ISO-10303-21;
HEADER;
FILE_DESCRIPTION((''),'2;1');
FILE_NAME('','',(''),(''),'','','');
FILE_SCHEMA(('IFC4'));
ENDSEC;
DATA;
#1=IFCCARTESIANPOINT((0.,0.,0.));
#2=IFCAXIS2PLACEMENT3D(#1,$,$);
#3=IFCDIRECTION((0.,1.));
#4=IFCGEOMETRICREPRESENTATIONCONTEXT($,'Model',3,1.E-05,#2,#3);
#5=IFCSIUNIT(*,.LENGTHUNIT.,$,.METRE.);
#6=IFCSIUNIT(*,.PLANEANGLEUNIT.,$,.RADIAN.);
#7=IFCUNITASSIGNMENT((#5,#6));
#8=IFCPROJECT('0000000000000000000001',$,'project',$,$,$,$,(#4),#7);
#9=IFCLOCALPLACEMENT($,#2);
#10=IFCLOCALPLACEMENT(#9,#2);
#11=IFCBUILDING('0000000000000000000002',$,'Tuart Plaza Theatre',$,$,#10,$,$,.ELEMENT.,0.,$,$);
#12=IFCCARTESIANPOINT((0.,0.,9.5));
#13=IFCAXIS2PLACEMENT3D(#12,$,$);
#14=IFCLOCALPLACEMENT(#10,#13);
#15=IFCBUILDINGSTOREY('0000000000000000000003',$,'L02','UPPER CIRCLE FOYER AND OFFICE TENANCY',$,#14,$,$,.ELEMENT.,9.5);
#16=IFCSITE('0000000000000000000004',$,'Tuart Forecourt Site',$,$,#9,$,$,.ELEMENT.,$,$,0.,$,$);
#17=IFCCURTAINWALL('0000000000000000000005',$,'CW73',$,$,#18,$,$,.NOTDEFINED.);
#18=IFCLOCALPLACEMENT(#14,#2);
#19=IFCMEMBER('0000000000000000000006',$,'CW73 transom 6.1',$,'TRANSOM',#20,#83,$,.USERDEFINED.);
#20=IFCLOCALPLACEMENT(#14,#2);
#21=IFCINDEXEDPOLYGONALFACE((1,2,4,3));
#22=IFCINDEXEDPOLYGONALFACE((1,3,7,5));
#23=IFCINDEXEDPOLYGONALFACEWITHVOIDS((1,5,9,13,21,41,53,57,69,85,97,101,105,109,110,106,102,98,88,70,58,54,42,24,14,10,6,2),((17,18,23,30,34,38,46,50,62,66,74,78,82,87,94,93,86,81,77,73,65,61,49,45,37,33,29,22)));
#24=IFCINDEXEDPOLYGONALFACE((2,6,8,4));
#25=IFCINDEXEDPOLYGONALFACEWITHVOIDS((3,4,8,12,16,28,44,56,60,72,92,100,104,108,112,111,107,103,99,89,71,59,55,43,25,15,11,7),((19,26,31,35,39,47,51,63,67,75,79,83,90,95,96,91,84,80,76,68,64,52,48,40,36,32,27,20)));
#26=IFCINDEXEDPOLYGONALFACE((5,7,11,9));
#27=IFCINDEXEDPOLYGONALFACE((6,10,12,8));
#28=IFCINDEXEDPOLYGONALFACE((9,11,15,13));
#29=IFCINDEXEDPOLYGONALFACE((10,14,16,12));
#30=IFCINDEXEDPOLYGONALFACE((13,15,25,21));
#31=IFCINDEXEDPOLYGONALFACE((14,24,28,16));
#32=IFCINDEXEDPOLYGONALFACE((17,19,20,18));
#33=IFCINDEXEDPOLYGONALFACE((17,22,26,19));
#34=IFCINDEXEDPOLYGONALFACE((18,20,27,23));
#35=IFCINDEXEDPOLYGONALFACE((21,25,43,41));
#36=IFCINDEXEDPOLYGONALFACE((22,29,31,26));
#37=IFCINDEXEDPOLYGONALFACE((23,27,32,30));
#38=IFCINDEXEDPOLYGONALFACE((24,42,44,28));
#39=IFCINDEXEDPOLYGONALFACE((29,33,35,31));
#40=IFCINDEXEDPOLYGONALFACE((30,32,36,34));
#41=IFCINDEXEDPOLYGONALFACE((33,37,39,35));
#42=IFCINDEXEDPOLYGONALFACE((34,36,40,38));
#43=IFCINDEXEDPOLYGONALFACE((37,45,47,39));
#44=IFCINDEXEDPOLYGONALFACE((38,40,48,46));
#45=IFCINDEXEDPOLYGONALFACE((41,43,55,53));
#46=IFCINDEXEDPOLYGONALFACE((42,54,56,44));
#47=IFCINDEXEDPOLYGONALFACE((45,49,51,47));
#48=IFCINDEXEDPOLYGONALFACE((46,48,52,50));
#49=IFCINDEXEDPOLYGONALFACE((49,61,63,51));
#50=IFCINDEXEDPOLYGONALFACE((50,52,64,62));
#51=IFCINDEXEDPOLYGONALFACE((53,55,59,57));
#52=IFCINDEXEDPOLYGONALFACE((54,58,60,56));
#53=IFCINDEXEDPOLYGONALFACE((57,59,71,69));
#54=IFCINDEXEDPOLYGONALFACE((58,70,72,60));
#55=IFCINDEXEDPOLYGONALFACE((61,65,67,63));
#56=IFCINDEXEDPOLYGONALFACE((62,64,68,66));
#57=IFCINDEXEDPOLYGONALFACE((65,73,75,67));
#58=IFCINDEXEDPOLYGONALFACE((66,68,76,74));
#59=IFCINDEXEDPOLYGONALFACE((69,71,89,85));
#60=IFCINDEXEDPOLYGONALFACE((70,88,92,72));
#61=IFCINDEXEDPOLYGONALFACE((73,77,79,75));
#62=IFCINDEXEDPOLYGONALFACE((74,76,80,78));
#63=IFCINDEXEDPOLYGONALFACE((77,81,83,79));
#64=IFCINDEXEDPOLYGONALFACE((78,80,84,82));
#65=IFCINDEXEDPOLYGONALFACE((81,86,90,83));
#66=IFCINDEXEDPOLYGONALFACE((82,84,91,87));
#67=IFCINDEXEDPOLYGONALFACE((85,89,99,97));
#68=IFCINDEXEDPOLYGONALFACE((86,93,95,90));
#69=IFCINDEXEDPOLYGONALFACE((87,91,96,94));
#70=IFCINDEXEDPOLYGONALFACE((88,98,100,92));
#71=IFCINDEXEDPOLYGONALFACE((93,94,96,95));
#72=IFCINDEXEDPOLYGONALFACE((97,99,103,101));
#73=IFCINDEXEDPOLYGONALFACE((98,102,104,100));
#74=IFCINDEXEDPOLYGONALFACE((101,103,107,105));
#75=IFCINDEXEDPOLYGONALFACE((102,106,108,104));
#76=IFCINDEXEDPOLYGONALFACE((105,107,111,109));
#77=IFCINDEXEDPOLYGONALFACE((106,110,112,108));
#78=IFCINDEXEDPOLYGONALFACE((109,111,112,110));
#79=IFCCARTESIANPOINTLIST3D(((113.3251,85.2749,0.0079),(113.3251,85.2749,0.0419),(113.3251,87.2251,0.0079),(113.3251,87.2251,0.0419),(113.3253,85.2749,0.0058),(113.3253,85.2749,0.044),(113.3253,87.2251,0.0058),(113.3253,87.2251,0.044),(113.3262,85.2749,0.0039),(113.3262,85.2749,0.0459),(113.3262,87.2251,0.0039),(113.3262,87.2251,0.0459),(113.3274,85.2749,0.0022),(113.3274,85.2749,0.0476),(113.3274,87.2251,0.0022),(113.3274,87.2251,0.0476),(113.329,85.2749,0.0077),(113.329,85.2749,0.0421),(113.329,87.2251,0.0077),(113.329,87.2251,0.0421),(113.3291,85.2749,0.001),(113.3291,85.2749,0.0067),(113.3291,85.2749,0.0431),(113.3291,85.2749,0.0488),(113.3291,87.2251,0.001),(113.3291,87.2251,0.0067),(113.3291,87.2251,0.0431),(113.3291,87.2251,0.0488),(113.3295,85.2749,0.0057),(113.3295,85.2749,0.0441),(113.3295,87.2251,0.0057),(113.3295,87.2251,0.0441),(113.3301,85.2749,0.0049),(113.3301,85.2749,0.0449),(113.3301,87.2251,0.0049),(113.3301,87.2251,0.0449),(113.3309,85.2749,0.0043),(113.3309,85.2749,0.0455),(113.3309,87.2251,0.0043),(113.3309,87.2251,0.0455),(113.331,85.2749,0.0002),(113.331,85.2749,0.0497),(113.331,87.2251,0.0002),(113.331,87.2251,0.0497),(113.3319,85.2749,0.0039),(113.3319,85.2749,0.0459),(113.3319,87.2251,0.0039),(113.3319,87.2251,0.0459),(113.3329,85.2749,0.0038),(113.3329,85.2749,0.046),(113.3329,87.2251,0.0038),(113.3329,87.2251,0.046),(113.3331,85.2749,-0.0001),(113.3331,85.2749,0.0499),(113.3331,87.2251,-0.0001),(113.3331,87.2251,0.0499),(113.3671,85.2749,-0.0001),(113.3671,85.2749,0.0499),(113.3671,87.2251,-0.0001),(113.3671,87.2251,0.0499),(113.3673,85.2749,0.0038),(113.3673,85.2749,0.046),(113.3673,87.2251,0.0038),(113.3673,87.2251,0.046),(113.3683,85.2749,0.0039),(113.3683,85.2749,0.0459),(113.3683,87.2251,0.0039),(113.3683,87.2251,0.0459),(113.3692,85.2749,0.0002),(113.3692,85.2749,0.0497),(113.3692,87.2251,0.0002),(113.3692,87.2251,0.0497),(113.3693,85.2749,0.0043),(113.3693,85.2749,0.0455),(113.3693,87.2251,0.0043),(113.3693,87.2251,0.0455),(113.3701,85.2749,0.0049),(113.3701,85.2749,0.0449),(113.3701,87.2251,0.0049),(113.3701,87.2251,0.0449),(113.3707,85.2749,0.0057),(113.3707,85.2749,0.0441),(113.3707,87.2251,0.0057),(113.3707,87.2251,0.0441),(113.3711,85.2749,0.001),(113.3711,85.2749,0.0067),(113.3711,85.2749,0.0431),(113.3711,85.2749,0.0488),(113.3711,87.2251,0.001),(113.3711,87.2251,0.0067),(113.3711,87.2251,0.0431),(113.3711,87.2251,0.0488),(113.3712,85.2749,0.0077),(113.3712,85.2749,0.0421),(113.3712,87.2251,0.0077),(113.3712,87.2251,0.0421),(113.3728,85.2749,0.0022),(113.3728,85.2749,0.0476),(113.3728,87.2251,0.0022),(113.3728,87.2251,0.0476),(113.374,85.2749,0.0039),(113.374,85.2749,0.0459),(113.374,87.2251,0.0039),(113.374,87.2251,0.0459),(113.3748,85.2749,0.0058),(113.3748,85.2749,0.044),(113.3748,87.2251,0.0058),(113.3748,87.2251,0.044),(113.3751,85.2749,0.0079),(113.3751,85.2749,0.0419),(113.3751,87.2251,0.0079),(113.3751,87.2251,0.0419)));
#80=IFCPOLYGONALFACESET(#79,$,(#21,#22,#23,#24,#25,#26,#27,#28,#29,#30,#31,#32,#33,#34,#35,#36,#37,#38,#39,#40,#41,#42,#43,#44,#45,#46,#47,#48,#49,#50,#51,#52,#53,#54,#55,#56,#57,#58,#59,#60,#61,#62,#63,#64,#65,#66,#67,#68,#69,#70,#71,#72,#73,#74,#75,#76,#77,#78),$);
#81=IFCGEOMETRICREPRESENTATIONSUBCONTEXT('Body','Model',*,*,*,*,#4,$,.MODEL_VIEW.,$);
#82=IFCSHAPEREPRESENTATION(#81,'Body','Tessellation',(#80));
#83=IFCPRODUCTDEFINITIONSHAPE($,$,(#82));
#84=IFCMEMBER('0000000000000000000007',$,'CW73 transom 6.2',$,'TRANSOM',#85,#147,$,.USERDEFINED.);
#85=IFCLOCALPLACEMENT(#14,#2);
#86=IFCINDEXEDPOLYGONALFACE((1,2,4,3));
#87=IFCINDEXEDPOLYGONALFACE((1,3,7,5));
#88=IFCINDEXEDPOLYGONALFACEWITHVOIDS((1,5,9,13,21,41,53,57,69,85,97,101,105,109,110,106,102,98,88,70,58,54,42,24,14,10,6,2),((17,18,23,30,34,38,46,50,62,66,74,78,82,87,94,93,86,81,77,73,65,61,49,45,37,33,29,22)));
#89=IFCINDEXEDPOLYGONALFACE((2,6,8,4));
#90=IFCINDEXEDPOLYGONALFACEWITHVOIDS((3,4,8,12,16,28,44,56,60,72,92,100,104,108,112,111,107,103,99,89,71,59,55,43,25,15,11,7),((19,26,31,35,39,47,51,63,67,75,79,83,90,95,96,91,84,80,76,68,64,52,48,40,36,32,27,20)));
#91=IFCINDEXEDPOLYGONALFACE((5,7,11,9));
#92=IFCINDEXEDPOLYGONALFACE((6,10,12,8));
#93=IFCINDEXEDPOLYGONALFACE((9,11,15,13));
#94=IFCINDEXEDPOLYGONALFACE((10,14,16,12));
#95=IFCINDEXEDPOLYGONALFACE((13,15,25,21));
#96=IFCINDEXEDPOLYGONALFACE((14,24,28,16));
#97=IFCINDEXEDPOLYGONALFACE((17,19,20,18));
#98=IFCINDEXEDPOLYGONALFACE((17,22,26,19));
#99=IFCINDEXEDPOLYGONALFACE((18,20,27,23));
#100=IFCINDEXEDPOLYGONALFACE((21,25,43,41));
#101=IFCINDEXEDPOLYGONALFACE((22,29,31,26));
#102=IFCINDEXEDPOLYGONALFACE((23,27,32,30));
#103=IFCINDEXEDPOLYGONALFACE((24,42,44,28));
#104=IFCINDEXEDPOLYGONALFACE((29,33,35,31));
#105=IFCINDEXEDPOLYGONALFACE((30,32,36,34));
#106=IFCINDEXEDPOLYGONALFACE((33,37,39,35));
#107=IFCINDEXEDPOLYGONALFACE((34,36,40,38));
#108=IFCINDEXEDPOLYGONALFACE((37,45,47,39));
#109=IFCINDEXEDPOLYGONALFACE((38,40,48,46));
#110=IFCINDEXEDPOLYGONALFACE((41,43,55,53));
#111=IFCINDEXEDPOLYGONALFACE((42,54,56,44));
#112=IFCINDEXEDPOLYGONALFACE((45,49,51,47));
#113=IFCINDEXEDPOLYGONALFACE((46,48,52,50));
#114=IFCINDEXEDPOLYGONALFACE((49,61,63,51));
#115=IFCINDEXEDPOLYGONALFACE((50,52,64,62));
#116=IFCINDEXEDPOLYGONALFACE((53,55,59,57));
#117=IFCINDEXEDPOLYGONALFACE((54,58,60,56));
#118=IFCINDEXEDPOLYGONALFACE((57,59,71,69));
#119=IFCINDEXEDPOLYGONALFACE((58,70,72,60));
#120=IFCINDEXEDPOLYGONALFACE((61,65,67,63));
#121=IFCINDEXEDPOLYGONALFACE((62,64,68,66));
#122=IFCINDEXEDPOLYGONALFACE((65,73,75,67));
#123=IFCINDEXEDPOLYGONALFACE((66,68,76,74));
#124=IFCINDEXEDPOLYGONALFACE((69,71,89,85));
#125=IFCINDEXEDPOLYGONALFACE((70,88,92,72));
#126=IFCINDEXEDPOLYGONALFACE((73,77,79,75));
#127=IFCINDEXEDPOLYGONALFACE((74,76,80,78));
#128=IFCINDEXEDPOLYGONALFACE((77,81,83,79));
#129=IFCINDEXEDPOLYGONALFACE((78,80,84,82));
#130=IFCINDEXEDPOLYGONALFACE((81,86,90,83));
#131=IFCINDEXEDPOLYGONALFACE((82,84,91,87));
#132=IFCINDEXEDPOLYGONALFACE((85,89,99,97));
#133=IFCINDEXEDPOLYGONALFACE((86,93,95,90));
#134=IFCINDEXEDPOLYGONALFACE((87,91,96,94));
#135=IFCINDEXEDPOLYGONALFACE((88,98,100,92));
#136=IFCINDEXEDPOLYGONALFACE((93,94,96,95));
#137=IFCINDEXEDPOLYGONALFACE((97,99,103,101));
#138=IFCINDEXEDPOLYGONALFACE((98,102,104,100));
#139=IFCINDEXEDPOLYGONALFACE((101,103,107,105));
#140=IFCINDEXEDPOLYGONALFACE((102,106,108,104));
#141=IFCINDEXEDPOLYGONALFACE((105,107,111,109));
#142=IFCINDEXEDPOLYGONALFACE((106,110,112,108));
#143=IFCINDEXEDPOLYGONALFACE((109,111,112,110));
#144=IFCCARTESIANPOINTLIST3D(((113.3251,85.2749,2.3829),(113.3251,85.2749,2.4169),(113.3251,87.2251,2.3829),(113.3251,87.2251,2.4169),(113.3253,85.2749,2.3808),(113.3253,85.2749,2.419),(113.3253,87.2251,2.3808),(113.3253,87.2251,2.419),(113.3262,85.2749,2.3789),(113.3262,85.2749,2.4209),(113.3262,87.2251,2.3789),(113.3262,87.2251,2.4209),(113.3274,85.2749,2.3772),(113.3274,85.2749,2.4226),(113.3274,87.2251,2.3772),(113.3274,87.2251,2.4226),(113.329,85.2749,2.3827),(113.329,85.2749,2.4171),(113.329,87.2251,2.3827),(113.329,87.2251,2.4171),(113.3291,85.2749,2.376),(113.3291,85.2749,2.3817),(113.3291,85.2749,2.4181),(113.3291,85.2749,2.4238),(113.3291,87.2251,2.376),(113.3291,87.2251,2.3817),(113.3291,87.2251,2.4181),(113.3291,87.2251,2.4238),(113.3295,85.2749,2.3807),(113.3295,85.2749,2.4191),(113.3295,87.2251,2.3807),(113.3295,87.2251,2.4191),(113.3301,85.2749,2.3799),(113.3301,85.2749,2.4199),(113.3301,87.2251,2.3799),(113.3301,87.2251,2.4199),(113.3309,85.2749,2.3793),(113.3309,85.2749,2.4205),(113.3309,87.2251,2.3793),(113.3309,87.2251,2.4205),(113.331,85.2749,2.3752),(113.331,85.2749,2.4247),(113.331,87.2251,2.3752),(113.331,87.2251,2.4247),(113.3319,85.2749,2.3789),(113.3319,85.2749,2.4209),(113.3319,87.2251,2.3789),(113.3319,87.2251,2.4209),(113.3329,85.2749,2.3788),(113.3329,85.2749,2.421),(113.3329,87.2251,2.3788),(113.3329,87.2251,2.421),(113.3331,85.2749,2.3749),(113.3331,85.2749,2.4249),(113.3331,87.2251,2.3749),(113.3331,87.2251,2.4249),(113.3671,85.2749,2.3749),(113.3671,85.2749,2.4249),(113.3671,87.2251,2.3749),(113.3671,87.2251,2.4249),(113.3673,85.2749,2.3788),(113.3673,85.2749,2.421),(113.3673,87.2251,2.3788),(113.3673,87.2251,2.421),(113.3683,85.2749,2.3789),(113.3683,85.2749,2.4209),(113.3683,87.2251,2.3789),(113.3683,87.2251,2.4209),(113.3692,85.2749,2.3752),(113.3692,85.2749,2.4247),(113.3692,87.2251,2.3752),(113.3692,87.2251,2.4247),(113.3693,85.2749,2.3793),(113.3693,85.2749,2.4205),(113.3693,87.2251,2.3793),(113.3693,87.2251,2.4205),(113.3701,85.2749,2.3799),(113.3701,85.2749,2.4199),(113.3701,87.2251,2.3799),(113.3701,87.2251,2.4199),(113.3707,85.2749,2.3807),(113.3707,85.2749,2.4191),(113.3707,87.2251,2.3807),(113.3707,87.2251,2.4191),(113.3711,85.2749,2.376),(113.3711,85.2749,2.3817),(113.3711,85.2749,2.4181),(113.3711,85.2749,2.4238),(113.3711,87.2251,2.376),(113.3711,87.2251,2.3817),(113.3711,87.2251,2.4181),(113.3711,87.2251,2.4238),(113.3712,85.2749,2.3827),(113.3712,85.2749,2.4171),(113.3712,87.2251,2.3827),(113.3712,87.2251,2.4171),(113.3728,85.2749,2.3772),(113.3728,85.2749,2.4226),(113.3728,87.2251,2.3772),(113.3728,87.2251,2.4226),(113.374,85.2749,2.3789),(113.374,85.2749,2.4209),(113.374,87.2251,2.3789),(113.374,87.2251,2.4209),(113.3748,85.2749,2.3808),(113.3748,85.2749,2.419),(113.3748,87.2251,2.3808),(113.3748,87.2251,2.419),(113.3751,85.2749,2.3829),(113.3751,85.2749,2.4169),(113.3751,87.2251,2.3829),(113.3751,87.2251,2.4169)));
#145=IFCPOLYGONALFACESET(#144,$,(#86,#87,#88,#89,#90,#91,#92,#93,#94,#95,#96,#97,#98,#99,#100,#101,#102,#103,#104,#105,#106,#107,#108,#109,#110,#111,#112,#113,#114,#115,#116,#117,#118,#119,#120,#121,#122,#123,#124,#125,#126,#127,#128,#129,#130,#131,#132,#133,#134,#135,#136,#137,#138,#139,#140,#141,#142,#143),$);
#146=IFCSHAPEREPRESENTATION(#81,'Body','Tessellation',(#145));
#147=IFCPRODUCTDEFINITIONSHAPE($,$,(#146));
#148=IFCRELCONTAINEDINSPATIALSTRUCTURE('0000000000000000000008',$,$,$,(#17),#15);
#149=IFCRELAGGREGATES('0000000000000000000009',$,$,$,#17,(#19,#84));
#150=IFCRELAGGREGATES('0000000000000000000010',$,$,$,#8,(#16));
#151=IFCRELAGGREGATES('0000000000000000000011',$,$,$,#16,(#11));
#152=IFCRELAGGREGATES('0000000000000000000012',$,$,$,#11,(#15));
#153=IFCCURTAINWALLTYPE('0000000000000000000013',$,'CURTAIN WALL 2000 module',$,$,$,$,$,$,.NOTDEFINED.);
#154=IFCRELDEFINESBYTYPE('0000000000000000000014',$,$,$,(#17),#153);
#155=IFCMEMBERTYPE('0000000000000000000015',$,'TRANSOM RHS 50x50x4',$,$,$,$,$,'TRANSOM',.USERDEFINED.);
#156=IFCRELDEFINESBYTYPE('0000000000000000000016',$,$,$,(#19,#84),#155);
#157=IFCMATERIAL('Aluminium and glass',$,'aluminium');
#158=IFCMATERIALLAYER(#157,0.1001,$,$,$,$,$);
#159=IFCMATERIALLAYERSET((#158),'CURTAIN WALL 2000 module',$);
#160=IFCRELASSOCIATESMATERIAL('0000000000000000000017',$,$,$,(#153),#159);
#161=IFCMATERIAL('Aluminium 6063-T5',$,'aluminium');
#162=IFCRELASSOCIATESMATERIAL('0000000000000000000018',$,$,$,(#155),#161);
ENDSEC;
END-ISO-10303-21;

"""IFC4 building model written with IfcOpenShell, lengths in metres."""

from ifc_helpers import new_model, si_unit, direction, frame, origin, origin_2d, place, context, subcontext, project, spatial, hollow_rectangle, extrude, material, layer, layer_set, material_profile, profile_set, type_object, element, aggregate, save


model = new_model("IFC4")

# Units and contexts
model_context = context("Model", 3, precision=1e-05, world=origin(), true_north=direction((0.0, 1.0)))
body_context = subcontext(model_context, "Body", "Model", "MODEL_VIEW")
ifc_project = project(units=[si_unit("LENGTHUNIT", "METRE"), si_unit("PLANEANGLEUNIT", "RADIAN")], contexts=[model_context])

# Site, building, storey
site_placement = place(None, origin())
site = spatial("IfcSite", under=ifc_project, at=site_placement, Name="Tuart Forecourt Site", CompositionType="ELEMENT", RefElevation=0.0)
building_placement = place(site_placement, origin())
building = spatial("IfcBuilding", under=site, at=building_placement, Name="Tuart Plaza Theatre", CompositionType="ELEMENT", ElevationOfRefHeight=0.0)
storey_placement = place(building_placement, frame((0.0, 0.0, 9.5)))
storey = spatial("IfcBuildingStorey", under=building, at=storey_placement, Name="L02", Description="UPPER CIRCLE FOYER AND OFFICE TENANCY", CompositionType="ELEMENT", Elevation=9.5)

# Curtain wall, members
ifc_material_1 = material(Name="Aluminium and glass", Category="aluminium")
ifc_layer_1 = layer(ifc_material_1, 0.1001)
ifc_layer_set_1 = layer_set([ifc_layer_1], Name="CURTAIN WALL 2000 module")
curtain_wall_type = type_object("IfcCurtainWallType", Name="CURTAIN WALL 2000 module", PredefinedType="NOTDEFINED", material=ifc_layer_set_1)
curtain_wall_placement = place(storey_placement, origin())
curtain_wall = element("IfcCurtainWall", 1, at=curtain_wall_placement, inside=storey, type_object=curtain_wall_type, Name="CW73", PredefinedType="NOTDEFINED")
ifc_material_2 = material(Name="Aluminium 6063-T5", Category="aluminium")
ifc_material_profile_1 = material_profile(ifc_material_2, hollow_rectangle(XDim=0.05, YDim=0.05, WallThickness=0.0039, InnerFilletRadius=0.0039, OuterFilletRadius=0.0081, at=origin_2d()), Name="RHS 50x50x4")
ifc_profile_set_1 = profile_set([ifc_material_profile_1], Name="Aluminium 6063-T5")
member_type_1 = type_object("IfcMemberType", Name="TRANSOM RHS 50x50x4", ElementType="TRANSOM", PredefinedType="USERDEFINED", material=ifc_profile_set_1)
member_1_placement = place(storey_placement, frame((113.3501, 87.2251, 0.0249), z_axis=(0.0, -1.0, 0.0), x_axis=(1.0, 0.0, 0.0)))
member_1 = element("IfcMember", 2, at=member_1_placement, type_object=member_type_1, Name="CW73 transom 6.1", ObjectType="TRANSOM", PredefinedType="USERDEFINED", context=body_context, shape_type="SweptSolid", body=[
    extrude(hollow_rectangle(XDim=0.05, YDim=0.05, WallThickness=0.0039, InnerFilletRadius=0.0039, OuterFilletRadius=0.0081, at=origin_2d()), origin(), (0.0, 0.0, 1.0), 1.9502),
])
member_2_placement = place(storey_placement, frame((113.3501, 87.2251, 2.3999), z_axis=(0.0, -1.0, 0.0), x_axis=(1.0, 0.0, 0.0)))
member_2 = element("IfcMember", 3, at=member_2_placement, type_object=member_type_1, Name="CW73 transom 6.2", ObjectType="TRANSOM", PredefinedType="USERDEFINED", context=body_context, shape_type="SweptSolid", body=[
    extrude(hollow_rectangle(XDim=0.05, YDim=0.05, WallThickness=0.0039, InnerFilletRadius=0.0039, OuterFilletRadius=0.0081, at=origin_2d()), origin(), (0.0, 0.0, 1.0), 1.9502),
])
aggregate(curtain_wall, [member_1, member_2])

save(model, "model.ifc")
